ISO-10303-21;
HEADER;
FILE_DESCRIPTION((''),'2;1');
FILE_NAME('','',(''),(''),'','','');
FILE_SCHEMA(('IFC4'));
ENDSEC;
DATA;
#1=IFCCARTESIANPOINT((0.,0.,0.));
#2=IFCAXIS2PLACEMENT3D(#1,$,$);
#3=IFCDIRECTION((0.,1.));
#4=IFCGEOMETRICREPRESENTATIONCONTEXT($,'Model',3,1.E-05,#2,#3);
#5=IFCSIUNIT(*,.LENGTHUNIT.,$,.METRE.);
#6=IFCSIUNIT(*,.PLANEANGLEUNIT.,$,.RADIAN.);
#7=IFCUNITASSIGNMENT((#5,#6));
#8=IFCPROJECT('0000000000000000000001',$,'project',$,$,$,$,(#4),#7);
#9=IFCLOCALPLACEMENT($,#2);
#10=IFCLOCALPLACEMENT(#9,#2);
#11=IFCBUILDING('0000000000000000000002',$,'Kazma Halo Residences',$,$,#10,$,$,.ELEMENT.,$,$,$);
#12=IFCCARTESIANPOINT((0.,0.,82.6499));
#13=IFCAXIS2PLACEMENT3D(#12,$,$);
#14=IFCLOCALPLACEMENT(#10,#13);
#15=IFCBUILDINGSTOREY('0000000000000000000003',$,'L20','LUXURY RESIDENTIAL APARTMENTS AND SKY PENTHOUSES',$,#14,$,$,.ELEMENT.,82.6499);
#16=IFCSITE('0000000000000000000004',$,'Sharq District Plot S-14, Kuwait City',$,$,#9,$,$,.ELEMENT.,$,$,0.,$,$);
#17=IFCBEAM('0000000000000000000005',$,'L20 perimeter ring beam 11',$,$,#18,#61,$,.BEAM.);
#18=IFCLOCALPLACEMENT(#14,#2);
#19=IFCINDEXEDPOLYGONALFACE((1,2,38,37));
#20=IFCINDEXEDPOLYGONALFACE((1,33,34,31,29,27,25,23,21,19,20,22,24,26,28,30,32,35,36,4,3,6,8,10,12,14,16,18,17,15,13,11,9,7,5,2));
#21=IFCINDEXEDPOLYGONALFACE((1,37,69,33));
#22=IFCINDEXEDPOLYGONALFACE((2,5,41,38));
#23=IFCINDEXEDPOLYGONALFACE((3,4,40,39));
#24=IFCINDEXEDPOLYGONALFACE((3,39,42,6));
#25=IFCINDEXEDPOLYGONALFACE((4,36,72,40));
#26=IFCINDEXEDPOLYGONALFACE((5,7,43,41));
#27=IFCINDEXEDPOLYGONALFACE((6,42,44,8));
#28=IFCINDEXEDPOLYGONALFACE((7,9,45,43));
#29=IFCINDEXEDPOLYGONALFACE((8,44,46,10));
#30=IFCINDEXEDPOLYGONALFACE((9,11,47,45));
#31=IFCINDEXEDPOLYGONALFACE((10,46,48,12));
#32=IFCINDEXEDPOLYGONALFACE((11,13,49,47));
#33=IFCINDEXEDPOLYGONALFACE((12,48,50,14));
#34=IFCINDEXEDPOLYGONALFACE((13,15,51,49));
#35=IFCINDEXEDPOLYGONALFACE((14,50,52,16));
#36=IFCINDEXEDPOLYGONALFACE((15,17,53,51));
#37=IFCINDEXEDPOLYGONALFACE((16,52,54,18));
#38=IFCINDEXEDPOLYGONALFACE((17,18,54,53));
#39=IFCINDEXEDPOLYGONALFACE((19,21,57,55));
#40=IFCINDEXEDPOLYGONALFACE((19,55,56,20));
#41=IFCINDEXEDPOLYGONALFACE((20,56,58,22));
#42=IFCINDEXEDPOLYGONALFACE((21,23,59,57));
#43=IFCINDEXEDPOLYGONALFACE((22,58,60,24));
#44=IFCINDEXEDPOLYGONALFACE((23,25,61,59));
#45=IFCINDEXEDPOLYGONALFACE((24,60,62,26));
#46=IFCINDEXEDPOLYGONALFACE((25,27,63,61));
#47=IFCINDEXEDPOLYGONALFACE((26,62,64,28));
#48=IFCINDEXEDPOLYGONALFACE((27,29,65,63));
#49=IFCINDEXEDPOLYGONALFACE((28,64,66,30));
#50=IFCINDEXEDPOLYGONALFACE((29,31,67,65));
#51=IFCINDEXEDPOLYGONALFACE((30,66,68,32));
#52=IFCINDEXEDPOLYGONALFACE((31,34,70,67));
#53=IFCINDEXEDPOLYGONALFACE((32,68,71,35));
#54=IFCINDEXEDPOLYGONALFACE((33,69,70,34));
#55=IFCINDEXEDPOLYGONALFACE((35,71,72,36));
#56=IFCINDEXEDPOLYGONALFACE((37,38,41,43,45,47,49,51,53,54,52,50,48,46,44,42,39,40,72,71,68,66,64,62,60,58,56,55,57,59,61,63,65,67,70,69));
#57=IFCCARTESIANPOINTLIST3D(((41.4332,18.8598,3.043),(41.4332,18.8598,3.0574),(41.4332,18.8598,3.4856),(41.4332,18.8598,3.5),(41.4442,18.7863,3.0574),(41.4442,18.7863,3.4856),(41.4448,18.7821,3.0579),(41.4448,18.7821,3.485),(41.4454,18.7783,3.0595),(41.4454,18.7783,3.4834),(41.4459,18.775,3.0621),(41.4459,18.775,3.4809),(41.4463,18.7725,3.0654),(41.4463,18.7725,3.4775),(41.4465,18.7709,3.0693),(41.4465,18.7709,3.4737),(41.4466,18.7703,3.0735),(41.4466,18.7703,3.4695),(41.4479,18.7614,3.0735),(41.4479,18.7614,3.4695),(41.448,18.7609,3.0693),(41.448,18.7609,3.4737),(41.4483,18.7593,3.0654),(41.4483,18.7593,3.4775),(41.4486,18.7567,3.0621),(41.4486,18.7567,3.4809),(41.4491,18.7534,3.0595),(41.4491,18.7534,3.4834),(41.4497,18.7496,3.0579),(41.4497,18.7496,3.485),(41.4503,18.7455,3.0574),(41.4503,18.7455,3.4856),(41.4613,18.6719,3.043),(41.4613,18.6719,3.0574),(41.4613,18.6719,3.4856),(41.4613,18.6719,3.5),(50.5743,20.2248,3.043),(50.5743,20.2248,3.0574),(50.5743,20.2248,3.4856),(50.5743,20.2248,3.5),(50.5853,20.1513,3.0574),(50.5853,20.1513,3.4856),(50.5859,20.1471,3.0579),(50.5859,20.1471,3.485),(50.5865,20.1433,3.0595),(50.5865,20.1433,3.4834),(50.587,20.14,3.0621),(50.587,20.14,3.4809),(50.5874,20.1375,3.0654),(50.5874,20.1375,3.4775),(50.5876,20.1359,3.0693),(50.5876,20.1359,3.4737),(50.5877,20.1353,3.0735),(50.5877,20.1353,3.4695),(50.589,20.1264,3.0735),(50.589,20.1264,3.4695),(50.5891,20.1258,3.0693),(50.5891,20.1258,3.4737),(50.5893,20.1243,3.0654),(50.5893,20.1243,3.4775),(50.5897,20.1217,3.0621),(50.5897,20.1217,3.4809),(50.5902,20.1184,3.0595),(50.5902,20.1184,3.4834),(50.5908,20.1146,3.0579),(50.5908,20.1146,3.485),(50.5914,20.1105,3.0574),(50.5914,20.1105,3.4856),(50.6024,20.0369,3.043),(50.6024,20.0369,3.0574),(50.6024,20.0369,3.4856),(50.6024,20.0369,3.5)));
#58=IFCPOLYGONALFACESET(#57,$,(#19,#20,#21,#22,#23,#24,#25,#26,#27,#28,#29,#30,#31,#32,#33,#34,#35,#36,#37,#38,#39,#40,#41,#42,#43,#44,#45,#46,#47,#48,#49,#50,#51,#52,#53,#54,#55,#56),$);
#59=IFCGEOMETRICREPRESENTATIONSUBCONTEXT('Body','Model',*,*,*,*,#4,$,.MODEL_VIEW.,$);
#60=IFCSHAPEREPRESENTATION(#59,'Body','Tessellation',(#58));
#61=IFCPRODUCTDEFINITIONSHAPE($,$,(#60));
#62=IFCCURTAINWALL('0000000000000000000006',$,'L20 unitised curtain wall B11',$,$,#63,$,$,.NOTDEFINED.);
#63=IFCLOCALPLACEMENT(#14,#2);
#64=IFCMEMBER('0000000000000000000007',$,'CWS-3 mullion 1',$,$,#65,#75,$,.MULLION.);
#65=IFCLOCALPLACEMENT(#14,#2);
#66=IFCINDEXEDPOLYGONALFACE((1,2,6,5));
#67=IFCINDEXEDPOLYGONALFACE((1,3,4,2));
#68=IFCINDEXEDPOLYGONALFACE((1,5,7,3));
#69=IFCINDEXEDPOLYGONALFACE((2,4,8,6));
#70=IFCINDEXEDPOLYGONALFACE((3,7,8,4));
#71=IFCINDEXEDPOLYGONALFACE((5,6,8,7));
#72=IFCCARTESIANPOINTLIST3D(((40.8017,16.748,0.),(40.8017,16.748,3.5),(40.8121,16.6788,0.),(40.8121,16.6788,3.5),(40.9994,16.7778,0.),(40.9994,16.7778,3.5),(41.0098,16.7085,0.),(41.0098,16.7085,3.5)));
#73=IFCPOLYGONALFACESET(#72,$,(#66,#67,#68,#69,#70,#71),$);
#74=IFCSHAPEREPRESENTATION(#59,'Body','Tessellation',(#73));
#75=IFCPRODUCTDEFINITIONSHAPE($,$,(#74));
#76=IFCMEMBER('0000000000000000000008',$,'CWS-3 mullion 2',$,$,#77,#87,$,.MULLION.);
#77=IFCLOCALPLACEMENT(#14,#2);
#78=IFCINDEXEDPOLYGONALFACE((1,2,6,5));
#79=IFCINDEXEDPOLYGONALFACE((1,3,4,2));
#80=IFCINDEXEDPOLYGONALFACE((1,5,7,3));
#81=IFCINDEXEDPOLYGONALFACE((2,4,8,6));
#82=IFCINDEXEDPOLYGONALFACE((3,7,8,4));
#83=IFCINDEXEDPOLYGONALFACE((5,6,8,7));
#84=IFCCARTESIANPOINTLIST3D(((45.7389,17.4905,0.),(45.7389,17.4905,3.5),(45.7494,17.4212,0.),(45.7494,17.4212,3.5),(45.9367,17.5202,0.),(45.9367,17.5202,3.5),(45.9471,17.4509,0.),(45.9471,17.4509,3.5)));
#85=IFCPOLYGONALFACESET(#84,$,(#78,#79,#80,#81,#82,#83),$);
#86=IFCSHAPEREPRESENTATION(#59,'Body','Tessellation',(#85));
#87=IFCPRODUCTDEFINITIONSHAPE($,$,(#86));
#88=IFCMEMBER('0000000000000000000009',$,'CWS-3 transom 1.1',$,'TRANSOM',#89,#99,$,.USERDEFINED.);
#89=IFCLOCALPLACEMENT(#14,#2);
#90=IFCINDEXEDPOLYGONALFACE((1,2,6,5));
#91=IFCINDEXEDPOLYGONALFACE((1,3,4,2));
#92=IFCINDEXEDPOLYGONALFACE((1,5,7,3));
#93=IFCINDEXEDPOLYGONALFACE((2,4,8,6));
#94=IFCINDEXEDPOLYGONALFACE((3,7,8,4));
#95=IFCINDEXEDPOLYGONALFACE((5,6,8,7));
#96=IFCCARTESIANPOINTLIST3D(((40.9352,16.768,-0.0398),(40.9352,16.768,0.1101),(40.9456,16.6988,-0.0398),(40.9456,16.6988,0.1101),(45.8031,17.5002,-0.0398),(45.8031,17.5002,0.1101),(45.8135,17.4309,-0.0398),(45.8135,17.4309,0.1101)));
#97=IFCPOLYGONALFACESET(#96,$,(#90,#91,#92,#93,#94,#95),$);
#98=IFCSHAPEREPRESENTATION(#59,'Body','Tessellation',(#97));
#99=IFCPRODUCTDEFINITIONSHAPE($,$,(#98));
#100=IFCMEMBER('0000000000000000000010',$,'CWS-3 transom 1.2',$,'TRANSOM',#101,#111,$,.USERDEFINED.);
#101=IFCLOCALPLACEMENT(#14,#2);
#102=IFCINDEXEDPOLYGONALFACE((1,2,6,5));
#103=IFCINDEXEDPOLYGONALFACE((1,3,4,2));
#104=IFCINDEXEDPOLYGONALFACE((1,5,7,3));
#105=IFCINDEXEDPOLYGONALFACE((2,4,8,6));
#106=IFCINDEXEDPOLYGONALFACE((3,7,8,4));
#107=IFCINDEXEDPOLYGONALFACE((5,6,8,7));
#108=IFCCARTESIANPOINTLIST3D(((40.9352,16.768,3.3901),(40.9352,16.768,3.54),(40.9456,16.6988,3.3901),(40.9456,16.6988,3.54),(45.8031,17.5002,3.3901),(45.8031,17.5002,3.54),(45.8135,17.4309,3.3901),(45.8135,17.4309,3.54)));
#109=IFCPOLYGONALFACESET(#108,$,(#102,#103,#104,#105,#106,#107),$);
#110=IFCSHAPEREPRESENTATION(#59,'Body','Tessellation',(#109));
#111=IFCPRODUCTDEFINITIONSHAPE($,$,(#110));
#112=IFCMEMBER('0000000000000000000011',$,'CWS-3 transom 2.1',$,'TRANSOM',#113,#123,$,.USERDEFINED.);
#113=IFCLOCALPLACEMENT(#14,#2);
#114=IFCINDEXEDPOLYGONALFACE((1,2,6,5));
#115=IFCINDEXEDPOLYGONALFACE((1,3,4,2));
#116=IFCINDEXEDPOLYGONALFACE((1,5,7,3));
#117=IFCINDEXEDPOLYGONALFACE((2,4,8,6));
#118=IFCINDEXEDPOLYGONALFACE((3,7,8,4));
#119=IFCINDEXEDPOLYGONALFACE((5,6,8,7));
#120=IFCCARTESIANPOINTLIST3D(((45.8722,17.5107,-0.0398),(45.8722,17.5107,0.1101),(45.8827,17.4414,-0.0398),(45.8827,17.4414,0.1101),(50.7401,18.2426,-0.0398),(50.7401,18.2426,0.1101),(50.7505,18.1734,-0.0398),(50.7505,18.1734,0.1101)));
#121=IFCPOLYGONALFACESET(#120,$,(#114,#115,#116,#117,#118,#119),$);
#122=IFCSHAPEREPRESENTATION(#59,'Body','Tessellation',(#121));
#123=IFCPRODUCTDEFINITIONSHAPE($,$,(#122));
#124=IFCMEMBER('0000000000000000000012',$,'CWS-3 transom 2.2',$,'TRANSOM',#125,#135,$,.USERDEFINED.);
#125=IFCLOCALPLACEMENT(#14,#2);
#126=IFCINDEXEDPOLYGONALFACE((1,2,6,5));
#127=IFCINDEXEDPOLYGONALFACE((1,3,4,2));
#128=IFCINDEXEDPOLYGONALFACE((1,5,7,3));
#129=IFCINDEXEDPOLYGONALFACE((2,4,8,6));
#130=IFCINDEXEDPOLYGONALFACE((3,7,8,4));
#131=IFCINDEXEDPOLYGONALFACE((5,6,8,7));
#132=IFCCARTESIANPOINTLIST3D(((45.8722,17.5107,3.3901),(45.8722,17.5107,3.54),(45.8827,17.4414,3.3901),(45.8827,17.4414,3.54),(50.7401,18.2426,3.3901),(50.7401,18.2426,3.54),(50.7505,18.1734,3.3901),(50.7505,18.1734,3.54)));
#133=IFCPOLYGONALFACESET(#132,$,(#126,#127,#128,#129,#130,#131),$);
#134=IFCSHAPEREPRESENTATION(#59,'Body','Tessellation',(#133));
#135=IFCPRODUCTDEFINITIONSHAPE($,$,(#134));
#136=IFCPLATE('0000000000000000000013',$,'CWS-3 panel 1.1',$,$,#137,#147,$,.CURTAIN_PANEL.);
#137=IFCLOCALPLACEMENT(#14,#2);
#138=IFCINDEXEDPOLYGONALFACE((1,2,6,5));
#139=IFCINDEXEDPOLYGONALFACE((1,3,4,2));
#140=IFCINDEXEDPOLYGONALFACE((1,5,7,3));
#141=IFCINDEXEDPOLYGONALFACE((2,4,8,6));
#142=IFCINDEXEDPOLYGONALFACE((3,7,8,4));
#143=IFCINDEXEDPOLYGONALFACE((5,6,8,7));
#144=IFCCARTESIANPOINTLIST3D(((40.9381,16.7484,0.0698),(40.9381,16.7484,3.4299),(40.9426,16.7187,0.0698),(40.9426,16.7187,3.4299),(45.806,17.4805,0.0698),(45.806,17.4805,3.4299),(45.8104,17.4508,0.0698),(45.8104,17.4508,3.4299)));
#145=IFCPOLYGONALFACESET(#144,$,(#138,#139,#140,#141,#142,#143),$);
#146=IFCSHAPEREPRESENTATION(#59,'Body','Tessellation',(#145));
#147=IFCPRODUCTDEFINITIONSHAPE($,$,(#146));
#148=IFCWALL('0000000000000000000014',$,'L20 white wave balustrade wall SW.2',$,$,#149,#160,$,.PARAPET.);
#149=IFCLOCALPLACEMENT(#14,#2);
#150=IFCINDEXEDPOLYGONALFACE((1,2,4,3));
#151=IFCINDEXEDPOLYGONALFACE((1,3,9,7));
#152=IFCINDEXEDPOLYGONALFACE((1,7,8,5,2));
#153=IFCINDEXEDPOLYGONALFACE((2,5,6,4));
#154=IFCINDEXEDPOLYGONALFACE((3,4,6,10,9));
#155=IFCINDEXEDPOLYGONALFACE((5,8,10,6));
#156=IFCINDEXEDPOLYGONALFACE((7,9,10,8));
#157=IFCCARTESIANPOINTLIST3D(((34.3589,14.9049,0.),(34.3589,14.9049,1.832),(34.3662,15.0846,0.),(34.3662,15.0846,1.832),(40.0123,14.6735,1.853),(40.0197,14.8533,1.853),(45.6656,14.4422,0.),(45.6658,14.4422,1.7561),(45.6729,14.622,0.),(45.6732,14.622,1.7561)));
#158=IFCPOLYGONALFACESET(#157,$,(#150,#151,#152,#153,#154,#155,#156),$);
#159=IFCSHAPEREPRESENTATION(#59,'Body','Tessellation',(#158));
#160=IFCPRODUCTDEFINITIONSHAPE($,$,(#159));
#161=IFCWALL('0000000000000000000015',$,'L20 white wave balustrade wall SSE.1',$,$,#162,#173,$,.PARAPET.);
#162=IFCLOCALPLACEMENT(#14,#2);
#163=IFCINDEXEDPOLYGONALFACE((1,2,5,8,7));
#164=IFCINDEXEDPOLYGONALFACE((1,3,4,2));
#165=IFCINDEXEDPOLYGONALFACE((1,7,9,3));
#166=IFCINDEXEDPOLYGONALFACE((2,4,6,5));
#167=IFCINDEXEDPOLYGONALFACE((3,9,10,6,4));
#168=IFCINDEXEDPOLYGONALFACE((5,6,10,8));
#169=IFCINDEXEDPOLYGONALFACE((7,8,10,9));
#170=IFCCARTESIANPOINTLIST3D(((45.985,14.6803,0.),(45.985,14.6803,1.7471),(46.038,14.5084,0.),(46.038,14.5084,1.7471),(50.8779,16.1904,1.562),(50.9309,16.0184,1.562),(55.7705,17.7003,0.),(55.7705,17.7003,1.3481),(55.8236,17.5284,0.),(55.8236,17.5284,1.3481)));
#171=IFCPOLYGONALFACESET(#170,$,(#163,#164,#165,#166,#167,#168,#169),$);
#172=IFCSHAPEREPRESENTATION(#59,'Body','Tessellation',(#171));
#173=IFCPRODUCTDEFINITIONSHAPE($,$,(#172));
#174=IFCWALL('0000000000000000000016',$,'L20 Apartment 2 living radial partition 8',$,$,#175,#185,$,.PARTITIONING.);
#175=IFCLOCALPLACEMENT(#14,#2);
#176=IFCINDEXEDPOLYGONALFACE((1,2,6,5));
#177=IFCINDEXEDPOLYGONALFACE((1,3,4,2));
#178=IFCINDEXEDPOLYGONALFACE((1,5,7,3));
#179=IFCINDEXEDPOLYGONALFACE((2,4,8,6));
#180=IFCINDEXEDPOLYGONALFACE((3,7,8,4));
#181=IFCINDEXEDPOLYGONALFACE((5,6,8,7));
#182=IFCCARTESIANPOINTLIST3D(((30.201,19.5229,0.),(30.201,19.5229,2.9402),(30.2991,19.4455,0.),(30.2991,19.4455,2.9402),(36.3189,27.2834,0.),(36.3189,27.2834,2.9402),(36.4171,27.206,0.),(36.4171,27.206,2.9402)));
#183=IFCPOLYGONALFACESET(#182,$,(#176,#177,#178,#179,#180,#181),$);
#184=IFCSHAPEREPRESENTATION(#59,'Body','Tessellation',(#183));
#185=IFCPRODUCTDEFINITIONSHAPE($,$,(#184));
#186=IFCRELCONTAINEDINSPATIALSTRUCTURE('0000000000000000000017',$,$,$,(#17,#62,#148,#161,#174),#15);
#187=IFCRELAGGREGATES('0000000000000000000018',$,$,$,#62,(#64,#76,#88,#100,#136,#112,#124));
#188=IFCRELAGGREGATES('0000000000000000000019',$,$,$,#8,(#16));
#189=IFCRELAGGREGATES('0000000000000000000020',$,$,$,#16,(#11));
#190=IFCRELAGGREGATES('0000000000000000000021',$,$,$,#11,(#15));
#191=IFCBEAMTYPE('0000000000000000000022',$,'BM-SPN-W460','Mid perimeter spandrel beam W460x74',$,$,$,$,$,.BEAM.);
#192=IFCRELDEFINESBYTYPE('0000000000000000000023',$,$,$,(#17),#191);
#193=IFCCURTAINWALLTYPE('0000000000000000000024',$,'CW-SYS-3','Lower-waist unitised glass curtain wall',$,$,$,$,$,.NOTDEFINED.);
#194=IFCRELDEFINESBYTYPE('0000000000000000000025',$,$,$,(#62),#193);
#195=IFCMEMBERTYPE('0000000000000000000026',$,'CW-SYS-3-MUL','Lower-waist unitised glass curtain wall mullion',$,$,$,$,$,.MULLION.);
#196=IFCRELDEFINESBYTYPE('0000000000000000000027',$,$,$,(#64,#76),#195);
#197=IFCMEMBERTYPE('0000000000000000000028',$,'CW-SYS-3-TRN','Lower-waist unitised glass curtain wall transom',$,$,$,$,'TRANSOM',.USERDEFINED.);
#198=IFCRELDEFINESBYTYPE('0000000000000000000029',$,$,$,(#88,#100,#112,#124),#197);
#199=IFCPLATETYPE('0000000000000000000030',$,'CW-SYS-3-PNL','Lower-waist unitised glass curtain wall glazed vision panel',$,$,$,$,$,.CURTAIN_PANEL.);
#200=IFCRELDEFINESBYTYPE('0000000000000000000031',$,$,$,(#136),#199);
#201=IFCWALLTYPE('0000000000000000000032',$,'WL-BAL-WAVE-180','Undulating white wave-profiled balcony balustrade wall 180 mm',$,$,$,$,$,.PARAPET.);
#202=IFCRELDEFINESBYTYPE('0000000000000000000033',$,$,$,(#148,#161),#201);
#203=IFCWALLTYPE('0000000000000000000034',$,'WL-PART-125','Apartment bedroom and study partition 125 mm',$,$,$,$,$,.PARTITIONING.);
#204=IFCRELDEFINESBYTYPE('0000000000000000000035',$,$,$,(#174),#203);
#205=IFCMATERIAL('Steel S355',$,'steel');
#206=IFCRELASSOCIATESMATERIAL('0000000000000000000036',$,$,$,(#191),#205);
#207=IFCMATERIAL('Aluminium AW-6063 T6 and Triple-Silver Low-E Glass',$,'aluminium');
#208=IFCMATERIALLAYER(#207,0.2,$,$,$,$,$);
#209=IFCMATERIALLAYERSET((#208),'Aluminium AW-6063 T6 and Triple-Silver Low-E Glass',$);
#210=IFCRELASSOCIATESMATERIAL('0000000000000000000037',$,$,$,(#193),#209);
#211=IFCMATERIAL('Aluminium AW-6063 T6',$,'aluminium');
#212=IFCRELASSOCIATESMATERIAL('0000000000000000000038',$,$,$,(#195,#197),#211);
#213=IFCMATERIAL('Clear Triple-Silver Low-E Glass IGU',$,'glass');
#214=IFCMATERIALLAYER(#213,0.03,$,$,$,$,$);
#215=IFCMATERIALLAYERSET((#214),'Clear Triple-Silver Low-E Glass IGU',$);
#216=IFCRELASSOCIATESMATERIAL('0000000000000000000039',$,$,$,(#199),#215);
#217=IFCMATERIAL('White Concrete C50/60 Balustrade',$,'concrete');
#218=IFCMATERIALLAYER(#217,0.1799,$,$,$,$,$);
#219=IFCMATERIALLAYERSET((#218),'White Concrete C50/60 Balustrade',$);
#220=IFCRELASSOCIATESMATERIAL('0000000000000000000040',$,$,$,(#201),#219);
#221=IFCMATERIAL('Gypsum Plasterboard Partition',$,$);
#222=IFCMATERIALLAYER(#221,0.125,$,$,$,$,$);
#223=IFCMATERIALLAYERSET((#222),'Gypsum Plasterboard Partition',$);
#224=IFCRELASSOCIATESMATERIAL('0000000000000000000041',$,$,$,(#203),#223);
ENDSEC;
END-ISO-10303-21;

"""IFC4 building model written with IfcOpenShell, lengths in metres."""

from ifc_helpers import new_model, si_unit, direction, frame, frame_2d, origin, origin_2d, place, context, subcontext, project, spatial, polyline, rectangle, i_section, outline, extrude, material, layer, layer_set, material_profile, profile_set, type_object, element, aggregate, save


model = new_model("IFC4")

# Units and contexts
model_context = context("Model", 3, precision=1e-05, world=origin(), true_north=direction((0.0, 1.0)))
body_context = subcontext(model_context, "Body", "Model", "MODEL_VIEW")
ifc_project = project(units=[si_unit("LENGTHUNIT", "METRE"), si_unit("PLANEANGLEUNIT", "RADIAN")], contexts=[model_context])

# Site, building, storey
site_placement = place(None, origin())
site = spatial("IfcSite", under=ifc_project, at=site_placement, Name="Sharq District Plot S-14, Kuwait City", CompositionType="ELEMENT", RefElevation=0.0)
building_placement = place(site_placement, origin())
building = spatial("IfcBuilding", under=site, at=building_placement, Name="Kazma Halo Residences", CompositionType="ELEMENT")
storey_placement = place(building_placement, frame((0.0, 0.0, 82.6499)))
storey = spatial("IfcBuildingStorey", under=building, at=storey_placement, Name="L20", Description="LUXURY RESIDENTIAL APARTMENTS AND SKY PENTHOUSES", CompositionType="ELEMENT", Elevation=82.6499)

# Beam
ifc_material_1 = material(Name="Steel S355", Category="steel")
ifc_material_profile_1 = material_profile(ifc_material_1, i_section(OverallWidth=0.1899, OverallDepth=0.457, WebThickness=0.009, FlangeThickness=0.0144, FilletRadius=0.0161, at=origin_2d()), Name="W460x74")
ifc_profile_set_1 = profile_set([ifc_material_profile_1], Name="Steel S355")
beam_type_1 = type_object("IfcBeamType", Name="BM-SPN-W460", Description="Mid perimeter spandrel beam W460x74", PredefinedType="BEAM", material=ifc_profile_set_1)
beam_1_placement = place(storey_placement, frame((41.4473, 18.7659, 3.2715), z_axis=(0.989034, 0.147687, 0.0), x_axis=(-0.147687, 0.989034, 0.0)))
element("IfcBeam", 1, at=beam_1_placement, inside=storey, type_object=beam_type_1, Name="L20 perimeter ring beam 11", PredefinedType="BEAM", context=body_context, shape_type="SweptSolid", body=[
    extrude(i_section(OverallWidth=0.1899, OverallDepth=0.457, WebThickness=0.009, FlangeThickness=0.0144, FilletRadius=0.0161, at=origin_2d()), origin(), (0.0, 0.0, 1.0), 9.2424),
])

# Curtain wall, members, plate
ifc_material_2 = material(Name="Aluminium AW-6063 T6 and Triple-Silver Low-E Glass", Category="aluminium")
ifc_layer_1 = layer(ifc_material_2, 0.2)
ifc_layer_set_1 = layer_set([ifc_layer_1], Name="Aluminium AW-6063 T6 and Triple-Silver Low-E Glass")
curtain_wall_type = type_object("IfcCurtainWallType", Name="CW-SYS-3", Description="Lower-waist unitised glass curtain wall", PredefinedType="NOTDEFINED", material=ifc_layer_set_1)
curtain_wall_placement = place(storey_placement, origin())
curtain_wall = element("IfcCurtainWall", 2, at=curtain_wall_placement, inside=storey, type_object=curtain_wall_type, Name="L20 unitised curtain wall B11", PredefinedType="NOTDEFINED")
ifc_material_3 = material(Name="Aluminium AW-6063 T6", Category="aluminium")
ifc_material_profile_2 = material_profile(ifc_material_3, rectangle(XDim=0.0701, YDim=0.2, at=origin_2d()), Name="CWM-70x200")
ifc_profile_set_2 = profile_set([ifc_material_profile_2], Name="Aluminium AW-6063 T6")
member_type_1 = type_object("IfcMemberType", Name="CW-SYS-3-MUL", Description="Lower-waist unitised glass curtain wall mullion", PredefinedType="MULLION", material=ifc_profile_set_2)
member_1_placement = place(storey_placement, frame((40.9058, 16.7283, 0.0), z_axis=(0.0, 0.0, 1.0), x_axis=(-0.148717, 0.98888, 0.0)))
member_1 = element("IfcMember", 3, at=member_1_placement, type_object=member_type_1, Name="CWS-3 mullion 1", PredefinedType="MULLION", context=body_context, shape_type="SweptSolid", body=[
    extrude(rectangle(XDim=0.0701, YDim=0.2, at=origin_2d()), origin(), (0.0, 0.0, 1.0), 3.5),
])
member_2_placement = place(storey_placement, frame((45.843, 17.4707, 0.0), z_axis=(0.0, 0.0, 1.0), x_axis=(-0.148717, 0.98888, 0.0)))
member_2 = element("IfcMember", 4, at=member_2_placement, type_object=member_type_1, Name="CWS-3 mullion 2", PredefinedType="MULLION", context=body_context, shape_type="SweptSolid", body=[
    extrude(rectangle(XDim=0.0701, YDim=0.2, at=origin_2d()), origin(), (0.0, 0.0, 1.0), 3.5),
])
ifc_material_profile_3 = material_profile(ifc_material_3, rectangle(XDim=0.0701, YDim=0.1499, at=origin_2d()), Name="CWT-70x150")
ifc_profile_set_3 = profile_set([ifc_material_profile_3], Name="Aluminium AW-6063 T6")
member_type_2 = type_object("IfcMemberType", Name="CW-SYS-3-TRN", Description="Lower-waist unitised glass curtain wall transom", ElementType="TRANSOM", PredefinedType="USERDEFINED", material=ifc_profile_set_3)
member_3_placement = place(storey_placement, frame((40.9404, 16.7334, 0.0352), z_axis=(0.988877, 0.148736, 0.0), x_axis=(-0.148736, 0.988877, 0.0)))
member_3 = element("IfcMember", 5, at=member_3_placement, type_object=member_type_2, Name="CWS-3 transom 1.1", ObjectType="TRANSOM", PredefinedType="USERDEFINED", context=body_context, shape_type="SweptSolid", body=[
    extrude(rectangle(XDim=0.0701, YDim=0.1499, at=origin_2d()), origin(), (0.0, 0.0, 1.0), 4.9226),
])
member_4_placement = place(storey_placement, frame((40.9404, 16.7334, 3.4651), z_axis=(0.988877, 0.148736, 0.0), x_axis=(-0.148736, 0.988877, 0.0)))
member_4 = element("IfcMember", 6, at=member_4_placement, type_object=member_type_2, Name="CWS-3 transom 1.2", ObjectType="TRANSOM", PredefinedType="USERDEFINED", context=body_context, shape_type="SweptSolid", body=[
    extrude(rectangle(XDim=0.0701, YDim=0.1499, at=origin_2d()), origin(), (0.0, 0.0, 1.0), 4.9226),
])
member_5_placement = place(storey_placement, frame((45.8774, 17.4761, 0.0352), z_axis=(0.988884, 0.148687, 0.0), x_axis=(-0.148687, 0.988884, 0.0)))
member_5 = element("IfcMember", 7, at=member_5_placement, type_object=member_type_2, Name="CWS-3 transom 2.1", ObjectType="TRANSOM", PredefinedType="USERDEFINED", context=body_context, shape_type="SweptSolid", body=[
    extrude(rectangle(XDim=0.0701, YDim=0.1499, at=origin_2d()), origin(), (0.0, 0.0, 1.0), 4.9226),
])
member_6_placement = place(storey_placement, frame((45.8774, 17.4761, 3.4651), z_axis=(0.988884, 0.148687, 0.0), x_axis=(-0.148687, 0.988884, 0.0)))
member_6 = element("IfcMember", 8, at=member_6_placement, type_object=member_type_2, Name="CWS-3 transom 2.2", ObjectType="TRANSOM", PredefinedType="USERDEFINED", context=body_context, shape_type="SweptSolid", body=[
    extrude(rectangle(XDim=0.0701, YDim=0.1499, at=origin_2d()), origin(), (0.0, 0.0, 1.0), 4.9226),
])
ifc_material_4 = material(Name="Clear Triple-Silver Low-E Glass IGU", Category="glass")
ifc_layer_2 = layer(ifc_material_4, 0.03)
ifc_layer_set_2 = layer_set([ifc_layer_2], Name="Clear Triple-Silver Low-E Glass IGU")
plate_type = type_object("IfcPlateType", Name="CW-SYS-3-PNL", Description="Lower-waist unitised glass curtain wall glazed vision panel", PredefinedType="CURTAIN_PANEL", material=ifc_layer_set_2)
plate_placement = place(storey_placement, frame((43.3743, 17.0996, 0.0698), z_axis=(0.0, 0.0, 1.0), x_axis=(0.98888, 0.148717, 0.0)))
plate = element("IfcPlate", 9, at=plate_placement, type_object=plate_type, Name="CWS-3 panel 1.1", PredefinedType="CURTAIN_PANEL", context=body_context, shape_type="SweptSolid", body=[
    extrude(rectangle(XDim=4.9226, YDim=0.03, at=origin_2d()), origin(), (0.0, 0.0, 1.0), 3.3601),
])
aggregate(curtain_wall, [member_1, member_2, member_3, member_4, plate, member_5, member_6])

# Walls
ifc_material_5 = material(Name="White Concrete C50/60 Balustrade", Category="concrete")
ifc_layer_3 = layer(ifc_material_5, 0.1799)
ifc_layer_set_3 = layer_set([ifc_layer_3], Name="White Concrete C50/60 Balustrade")
wall_type_1 = type_object("IfcWallType", Name="WL-BAL-WAVE-180", Description="Undulating white wave-profiled balcony balustrade wall 180 mm", PredefinedType="PARAPET", material=ifc_layer_set_3)
wall_1_placement = place(storey_placement, frame((34.3625, 14.9949, 0.0), z_axis=(0.0, 0.0, 1.0), x_axis=(0.999164, -0.040884, 0.0)))
element("IfcWall", 10, at=wall_1_placement, inside=storey, type_object=wall_type_1, Name="L20 white wave balustrade wall SW.2", PredefinedType="PARAPET", context=body_context, shape_type="SweptSolid", body=[
    extrude(outline(polyline([(0.0, 0.0), (11.3162, 0.0), (11.3164, 1.7561), (5.6582, 1.853), (0.0, 1.832), (0.0, 0.0)])), frame((0.0, 0.0898, 0.0), z_axis=(0.0, -1.0, 0.0), x_axis=(1.0, 0.0, 0.0)), (0.0, 0.0, 1.0), 0.1799),
])
wall_2_placement = place(storey_placement, frame((46.0115, 14.5945, 0.0), z_axis=(0.0, 0.0, 1.0), x_axis=(0.95553, 0.294893, 0.0)))
element("IfcWall", 11, at=wall_2_placement, inside=storey, type_object=wall_type_1, Name="L20 white wave balustrade wall SSE.1", PredefinedType="PARAPET", context=body_context, shape_type="SweptSolid", body=[
    extrude(outline(polyline([(0.0, 0.0), (10.241, 0.0), (10.241, 1.3481), (5.1206, 1.562), (0.0, 1.7471), (0.0, 0.0)])), frame((0.0, 0.0898, 0.0), z_axis=(0.0, -1.0, 0.0), x_axis=(1.0, 0.0, 0.0)), (0.0, 0.0, 1.0), 0.1799),
])
ifc_material_6 = material(Name="Gypsum Plasterboard Partition")
ifc_layer_4 = layer(ifc_material_6, 0.125)
ifc_layer_set_4 = layer_set([ifc_layer_4], Name="Gypsum Plasterboard Partition")
wall_type_2 = type_object("IfcWallType", Name="WL-PART-125", Description="Apartment bedroom and study partition 125 mm", PredefinedType="PARTITIONING", material=ifc_layer_set_4)
wall_3_placement = place(storey_placement, frame((36.3679, 27.2446, 0.0), z_axis=(0.0, 0.0, 1.0), x_axis=(-0.619096, -0.785315, 0.0)))
element("IfcWall", 12, at=wall_3_placement, inside=storey, type_object=wall_type_2, Name="L20 Apartment 2 living radial partition 8", PredefinedType="PARTITIONING", context=body_context, shape_type="SweptSolid", body=[
    extrude(rectangle(XDim=9.8821, YDim=0.125, at=frame_2d((4.9409, 0.0))), origin(), (0.0, 0.0, 1.0), 2.9402),
])

save(model, "model.ifc")
